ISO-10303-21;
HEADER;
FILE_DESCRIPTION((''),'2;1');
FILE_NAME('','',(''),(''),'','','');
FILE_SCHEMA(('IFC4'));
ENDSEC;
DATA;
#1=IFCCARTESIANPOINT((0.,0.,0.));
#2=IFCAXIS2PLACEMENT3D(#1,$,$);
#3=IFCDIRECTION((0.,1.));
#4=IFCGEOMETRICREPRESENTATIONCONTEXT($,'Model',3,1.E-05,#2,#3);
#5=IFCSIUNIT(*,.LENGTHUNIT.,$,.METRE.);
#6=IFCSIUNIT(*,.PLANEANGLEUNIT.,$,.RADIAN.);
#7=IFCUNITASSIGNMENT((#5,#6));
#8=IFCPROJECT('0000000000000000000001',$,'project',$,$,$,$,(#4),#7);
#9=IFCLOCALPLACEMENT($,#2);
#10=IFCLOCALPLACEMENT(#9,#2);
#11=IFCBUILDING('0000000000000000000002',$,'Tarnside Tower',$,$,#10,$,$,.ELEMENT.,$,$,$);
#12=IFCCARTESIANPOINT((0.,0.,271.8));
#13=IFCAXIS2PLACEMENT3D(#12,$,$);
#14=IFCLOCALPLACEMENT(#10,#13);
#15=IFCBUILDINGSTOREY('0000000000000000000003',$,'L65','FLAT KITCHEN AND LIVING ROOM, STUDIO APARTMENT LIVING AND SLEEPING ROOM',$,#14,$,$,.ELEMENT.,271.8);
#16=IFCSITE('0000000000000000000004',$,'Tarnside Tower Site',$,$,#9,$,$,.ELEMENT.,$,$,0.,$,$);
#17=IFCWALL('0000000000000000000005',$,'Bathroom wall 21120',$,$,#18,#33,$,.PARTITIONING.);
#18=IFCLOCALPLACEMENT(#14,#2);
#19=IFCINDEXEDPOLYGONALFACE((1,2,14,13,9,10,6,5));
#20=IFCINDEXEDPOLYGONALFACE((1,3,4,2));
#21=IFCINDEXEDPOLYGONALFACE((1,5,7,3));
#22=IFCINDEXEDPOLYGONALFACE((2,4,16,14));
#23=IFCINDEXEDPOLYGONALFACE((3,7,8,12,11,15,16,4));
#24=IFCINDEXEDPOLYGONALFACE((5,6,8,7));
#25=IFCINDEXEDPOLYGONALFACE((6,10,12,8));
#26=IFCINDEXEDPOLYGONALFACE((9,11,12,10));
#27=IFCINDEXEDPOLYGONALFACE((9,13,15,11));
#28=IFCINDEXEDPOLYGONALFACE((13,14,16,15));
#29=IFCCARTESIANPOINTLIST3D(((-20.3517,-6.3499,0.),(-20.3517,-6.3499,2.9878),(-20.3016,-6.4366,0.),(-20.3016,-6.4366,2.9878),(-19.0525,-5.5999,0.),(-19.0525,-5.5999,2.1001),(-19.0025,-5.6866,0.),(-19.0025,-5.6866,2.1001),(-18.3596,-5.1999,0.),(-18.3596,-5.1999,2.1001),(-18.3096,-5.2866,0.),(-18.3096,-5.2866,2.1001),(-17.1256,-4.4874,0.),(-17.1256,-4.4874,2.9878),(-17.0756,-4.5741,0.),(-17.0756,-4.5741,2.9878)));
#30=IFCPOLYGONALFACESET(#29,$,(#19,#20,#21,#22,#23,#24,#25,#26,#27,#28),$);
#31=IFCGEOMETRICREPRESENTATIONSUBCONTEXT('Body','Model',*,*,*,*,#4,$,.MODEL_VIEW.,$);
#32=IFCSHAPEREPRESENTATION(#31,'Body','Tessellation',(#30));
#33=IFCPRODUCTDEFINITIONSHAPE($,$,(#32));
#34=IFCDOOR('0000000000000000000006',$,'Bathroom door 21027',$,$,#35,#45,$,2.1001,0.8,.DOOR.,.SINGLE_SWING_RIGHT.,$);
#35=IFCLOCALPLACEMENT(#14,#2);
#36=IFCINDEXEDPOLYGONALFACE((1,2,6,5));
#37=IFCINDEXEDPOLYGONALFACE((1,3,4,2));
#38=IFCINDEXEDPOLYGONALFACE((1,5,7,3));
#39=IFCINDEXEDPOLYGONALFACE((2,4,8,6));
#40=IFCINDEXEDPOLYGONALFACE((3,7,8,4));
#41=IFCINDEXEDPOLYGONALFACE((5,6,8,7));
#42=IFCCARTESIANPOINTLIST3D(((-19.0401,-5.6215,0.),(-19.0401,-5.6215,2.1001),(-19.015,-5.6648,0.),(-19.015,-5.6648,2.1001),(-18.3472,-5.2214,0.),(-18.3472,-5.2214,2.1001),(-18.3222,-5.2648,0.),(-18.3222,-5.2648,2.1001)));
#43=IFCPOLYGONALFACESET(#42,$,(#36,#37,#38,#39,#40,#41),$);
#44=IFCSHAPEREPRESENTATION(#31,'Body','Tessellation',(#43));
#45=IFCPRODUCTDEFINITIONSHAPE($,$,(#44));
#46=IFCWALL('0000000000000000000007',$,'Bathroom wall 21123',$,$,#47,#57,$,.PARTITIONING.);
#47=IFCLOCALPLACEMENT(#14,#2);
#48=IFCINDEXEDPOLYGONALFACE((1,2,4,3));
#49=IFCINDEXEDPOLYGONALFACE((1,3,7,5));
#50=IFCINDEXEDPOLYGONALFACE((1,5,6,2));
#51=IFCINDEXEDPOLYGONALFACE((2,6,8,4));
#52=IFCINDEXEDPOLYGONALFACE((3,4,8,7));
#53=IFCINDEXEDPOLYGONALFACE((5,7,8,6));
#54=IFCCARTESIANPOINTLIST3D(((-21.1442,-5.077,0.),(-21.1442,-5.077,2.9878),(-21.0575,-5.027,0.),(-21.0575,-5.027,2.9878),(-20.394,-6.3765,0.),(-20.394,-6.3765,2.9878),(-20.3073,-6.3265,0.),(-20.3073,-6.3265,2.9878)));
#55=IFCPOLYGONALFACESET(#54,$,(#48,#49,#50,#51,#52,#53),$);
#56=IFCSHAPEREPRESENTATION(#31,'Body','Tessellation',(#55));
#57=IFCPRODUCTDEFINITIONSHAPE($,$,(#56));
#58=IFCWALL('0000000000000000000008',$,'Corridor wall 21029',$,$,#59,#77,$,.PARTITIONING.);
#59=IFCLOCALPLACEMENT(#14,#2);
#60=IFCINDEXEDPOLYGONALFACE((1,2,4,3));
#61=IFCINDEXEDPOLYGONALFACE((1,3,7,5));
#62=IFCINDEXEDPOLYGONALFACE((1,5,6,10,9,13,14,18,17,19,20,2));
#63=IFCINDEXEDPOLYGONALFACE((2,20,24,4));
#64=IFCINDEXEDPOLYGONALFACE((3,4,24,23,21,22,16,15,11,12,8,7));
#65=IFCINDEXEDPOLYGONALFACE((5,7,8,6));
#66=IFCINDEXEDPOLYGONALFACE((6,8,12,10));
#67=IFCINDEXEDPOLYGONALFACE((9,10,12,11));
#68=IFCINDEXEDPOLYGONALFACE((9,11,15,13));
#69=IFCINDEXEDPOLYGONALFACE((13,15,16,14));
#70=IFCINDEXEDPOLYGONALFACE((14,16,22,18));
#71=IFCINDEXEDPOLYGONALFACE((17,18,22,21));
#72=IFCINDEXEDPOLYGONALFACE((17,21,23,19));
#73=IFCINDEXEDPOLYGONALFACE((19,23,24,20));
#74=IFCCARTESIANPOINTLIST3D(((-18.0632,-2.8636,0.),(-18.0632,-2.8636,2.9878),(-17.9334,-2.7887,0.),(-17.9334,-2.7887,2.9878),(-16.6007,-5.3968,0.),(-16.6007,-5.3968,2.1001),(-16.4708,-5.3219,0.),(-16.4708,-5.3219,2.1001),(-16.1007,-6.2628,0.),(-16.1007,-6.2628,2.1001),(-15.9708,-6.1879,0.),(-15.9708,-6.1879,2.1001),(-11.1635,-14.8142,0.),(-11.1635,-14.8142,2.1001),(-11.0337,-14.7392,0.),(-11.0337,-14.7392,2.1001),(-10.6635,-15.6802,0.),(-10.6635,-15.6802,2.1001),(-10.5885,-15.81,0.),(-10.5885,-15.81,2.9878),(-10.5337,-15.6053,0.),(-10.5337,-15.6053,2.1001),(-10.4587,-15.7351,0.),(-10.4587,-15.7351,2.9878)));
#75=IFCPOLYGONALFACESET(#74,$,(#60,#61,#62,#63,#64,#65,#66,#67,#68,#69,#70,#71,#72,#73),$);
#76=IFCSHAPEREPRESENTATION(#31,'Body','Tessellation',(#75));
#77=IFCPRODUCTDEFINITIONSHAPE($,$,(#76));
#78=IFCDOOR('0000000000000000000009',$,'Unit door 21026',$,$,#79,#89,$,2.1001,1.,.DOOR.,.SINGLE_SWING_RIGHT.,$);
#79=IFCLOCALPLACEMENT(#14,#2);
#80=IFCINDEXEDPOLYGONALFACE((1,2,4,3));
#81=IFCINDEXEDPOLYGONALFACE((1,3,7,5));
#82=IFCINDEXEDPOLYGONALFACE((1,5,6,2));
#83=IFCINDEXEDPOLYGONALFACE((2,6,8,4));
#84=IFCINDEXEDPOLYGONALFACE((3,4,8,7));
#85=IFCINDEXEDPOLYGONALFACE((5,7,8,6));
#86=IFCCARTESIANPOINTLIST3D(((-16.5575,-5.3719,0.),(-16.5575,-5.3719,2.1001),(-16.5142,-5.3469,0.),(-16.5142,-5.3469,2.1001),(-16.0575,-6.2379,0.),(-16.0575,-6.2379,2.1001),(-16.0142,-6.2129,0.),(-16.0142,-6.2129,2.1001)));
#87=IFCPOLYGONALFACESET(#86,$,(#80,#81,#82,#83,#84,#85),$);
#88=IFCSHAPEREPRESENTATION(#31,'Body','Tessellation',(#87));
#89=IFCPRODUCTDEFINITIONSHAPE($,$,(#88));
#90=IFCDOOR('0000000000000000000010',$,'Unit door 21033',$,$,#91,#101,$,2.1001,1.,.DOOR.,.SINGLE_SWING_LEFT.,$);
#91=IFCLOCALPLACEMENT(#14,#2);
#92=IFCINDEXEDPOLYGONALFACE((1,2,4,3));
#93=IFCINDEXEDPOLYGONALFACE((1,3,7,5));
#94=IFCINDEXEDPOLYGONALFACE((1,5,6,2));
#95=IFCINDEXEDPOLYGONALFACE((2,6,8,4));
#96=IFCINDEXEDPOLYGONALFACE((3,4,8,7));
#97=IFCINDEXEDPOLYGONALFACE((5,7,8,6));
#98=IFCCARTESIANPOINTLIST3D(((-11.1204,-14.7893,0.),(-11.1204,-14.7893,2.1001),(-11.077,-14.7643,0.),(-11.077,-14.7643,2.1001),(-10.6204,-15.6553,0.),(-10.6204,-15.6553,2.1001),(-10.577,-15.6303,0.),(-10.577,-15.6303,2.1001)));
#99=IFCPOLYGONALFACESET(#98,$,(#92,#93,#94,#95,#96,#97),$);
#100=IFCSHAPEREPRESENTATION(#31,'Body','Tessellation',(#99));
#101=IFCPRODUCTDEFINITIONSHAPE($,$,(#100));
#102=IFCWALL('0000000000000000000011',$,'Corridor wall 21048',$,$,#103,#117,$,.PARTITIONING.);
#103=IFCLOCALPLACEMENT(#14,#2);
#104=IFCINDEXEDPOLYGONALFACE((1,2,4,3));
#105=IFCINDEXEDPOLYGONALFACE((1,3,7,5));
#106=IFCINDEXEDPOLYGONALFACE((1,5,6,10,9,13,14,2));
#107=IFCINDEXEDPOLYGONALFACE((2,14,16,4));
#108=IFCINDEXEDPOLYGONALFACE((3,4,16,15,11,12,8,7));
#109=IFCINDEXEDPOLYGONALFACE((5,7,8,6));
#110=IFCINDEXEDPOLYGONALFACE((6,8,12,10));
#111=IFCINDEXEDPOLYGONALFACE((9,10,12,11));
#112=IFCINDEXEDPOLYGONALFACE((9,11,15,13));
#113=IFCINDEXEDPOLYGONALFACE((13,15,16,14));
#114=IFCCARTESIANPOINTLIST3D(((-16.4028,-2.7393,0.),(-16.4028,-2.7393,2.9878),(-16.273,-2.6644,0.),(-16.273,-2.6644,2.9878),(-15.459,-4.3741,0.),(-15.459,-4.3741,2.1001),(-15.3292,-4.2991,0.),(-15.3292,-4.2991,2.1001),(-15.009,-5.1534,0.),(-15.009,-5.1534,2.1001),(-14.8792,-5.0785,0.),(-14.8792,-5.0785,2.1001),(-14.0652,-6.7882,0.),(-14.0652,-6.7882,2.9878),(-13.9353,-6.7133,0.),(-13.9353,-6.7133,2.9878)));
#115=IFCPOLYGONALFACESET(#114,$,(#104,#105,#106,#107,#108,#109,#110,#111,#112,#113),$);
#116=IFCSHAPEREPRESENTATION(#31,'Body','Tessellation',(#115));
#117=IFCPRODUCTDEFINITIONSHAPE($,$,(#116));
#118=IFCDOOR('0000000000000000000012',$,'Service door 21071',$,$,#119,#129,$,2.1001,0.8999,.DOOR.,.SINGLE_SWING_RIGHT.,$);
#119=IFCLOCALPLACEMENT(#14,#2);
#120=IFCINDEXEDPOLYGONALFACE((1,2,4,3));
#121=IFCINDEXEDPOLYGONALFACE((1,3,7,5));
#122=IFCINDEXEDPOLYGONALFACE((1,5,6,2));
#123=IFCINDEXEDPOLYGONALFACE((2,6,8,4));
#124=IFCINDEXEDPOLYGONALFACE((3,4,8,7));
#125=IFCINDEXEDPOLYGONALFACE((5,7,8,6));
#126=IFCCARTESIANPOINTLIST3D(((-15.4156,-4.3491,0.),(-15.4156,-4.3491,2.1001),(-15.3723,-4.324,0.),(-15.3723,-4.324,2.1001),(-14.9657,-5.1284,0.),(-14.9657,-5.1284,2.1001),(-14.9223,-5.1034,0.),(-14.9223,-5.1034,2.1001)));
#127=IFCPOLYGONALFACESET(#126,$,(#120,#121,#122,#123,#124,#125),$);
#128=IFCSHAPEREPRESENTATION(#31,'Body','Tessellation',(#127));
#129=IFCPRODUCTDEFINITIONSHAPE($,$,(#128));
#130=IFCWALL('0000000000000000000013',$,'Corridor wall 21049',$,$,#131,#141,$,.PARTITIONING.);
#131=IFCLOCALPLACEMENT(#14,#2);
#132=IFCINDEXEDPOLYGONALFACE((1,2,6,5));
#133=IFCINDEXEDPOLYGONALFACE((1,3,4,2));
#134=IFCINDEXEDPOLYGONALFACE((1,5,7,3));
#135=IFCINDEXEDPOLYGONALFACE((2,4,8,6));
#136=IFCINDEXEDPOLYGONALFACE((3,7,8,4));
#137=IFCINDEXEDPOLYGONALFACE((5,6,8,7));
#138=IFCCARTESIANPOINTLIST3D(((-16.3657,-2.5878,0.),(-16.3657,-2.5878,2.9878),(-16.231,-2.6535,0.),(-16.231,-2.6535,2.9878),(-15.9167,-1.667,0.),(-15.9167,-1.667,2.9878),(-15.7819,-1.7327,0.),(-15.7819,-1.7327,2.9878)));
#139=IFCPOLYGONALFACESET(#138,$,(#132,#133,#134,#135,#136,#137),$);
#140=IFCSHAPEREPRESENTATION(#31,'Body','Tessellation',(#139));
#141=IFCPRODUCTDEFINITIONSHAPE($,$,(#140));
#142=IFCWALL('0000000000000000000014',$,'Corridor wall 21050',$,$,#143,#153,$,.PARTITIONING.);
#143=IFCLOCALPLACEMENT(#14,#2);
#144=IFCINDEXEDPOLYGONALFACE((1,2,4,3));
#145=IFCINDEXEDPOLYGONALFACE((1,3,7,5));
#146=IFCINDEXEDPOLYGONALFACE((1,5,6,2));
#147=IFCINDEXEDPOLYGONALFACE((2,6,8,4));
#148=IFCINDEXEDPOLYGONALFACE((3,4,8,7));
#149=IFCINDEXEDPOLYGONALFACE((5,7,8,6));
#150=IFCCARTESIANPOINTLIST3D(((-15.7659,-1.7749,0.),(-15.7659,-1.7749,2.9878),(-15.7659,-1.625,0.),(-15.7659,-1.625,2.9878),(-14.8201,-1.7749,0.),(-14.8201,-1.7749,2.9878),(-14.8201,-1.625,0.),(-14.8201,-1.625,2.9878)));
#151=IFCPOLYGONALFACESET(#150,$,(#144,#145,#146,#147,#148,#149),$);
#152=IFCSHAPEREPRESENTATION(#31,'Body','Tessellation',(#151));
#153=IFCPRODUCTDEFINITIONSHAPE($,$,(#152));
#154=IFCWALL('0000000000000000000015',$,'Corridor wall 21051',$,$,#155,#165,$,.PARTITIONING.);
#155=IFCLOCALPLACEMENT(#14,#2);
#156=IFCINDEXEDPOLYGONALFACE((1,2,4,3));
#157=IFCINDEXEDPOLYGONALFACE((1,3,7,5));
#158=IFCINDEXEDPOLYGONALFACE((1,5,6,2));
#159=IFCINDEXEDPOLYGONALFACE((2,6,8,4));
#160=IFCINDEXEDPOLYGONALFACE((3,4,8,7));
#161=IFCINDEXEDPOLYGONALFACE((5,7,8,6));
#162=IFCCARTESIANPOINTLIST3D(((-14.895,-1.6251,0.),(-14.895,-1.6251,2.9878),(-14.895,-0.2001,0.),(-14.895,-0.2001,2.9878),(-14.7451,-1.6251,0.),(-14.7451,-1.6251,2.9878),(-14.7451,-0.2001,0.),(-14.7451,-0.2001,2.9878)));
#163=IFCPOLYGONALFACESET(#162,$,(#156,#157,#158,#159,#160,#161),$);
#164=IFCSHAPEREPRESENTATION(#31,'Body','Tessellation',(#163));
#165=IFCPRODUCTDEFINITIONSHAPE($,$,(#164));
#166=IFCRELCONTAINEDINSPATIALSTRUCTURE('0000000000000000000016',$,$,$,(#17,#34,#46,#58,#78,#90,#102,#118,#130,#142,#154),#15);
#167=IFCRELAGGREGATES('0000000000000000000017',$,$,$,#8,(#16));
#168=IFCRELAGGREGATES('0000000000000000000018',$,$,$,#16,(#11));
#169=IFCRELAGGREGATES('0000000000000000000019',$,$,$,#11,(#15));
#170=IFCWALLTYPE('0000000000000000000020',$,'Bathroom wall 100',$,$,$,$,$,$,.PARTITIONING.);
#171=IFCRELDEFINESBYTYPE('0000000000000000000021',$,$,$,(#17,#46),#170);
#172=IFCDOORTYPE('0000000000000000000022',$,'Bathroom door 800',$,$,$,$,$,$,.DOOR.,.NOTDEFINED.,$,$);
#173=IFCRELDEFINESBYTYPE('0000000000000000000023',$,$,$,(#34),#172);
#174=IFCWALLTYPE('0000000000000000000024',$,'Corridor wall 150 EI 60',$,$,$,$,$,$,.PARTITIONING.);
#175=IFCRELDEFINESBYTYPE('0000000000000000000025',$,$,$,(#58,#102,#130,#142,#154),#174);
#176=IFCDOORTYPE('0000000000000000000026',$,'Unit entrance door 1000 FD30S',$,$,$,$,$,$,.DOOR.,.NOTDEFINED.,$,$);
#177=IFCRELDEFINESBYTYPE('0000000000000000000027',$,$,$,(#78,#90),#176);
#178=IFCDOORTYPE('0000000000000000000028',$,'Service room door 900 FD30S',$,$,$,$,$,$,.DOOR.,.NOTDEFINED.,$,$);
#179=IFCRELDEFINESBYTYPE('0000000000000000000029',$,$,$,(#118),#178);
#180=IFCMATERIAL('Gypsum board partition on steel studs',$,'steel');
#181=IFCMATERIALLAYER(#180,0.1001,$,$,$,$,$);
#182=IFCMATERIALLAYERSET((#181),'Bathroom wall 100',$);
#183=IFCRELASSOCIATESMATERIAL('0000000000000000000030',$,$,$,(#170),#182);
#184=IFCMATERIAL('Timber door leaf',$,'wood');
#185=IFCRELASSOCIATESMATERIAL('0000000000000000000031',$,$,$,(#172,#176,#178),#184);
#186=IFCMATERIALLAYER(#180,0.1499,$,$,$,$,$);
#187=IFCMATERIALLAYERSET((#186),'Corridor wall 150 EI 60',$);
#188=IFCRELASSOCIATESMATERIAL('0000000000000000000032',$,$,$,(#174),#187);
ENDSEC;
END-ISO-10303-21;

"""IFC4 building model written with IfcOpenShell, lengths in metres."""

from ifc_helpers import new_model, si_unit, direction, frame, frame_2d, origin, place, context, subcontext, project, spatial, rectangle, extrude, material, layer, layer_set, type_object, element, fill, save


model = new_model("IFC4")

# Units and contexts
model_context = context("Model", 3, precision=1e-05, world=origin(), true_north=direction((0.0, 1.0)))
body_context = subcontext(model_context, "Body", "Model", "MODEL_VIEW")
ifc_project = project(units=[si_unit("LENGTHUNIT", "METRE"), si_unit("PLANEANGLEUNIT", "RADIAN")], contexts=[model_context])

# Site, building, storey
site_placement = place(None, origin())
site = spatial("IfcSite", under=ifc_project, at=site_placement, Name="Tarnside Tower Site", CompositionType="ELEMENT", RefElevation=0.0)
building_placement = place(site_placement, origin())
building = spatial("IfcBuilding", under=site, at=building_placement, Name="Tarnside Tower", CompositionType="ELEMENT")
storey_placement = place(building_placement, frame((0.0, 0.0, 271.8)))
storey = spatial("IfcBuildingStorey", under=building, at=storey_placement, Name="L65", Description="FLAT KITCHEN AND LIVING ROOM, STUDIO APARTMENT LIVING AND SLEEPING ROOM", CompositionType="ELEMENT", Elevation=271.8)

# Wall, opening, door
ifc_material_1 = material(Name="Gypsum board partition on steel studs", Category="steel")
ifc_layer_1 = layer(ifc_material_1, 0.1001)
ifc_layer_set_1 = layer_set([ifc_layer_1], Name="Bathroom wall 100")
wall_type_1 = type_object("IfcWallType", Name="Bathroom wall 100", PredefinedType="PARTITIONING", material=ifc_layer_set_1)
wall_1_placement = place(storey_placement, frame((-17.1006, -4.5308, 0.0), z_axis=(0.0, 0.0, 1.0), x_axis=(-0.866028, -0.499995, 0.0)))
wall_1 = element("IfcWall", 1, at=wall_1_placement, inside=storey, type_object=wall_type_1, Name="Bathroom wall 21120", PredefinedType="PARTITIONING", context=body_context, shape_type="SweptSolid", body=[
    extrude(rectangle(XDim=3.7251, YDim=0.1001, at=frame_2d((1.8625, 0.0))), origin(), (0.0, 0.0, 1.0), 2.9878),
])
opening_1_placement = place(wall_1_placement, frame((1.425, 0.0, 0.0)))
opening_1 = element("IfcOpeningElement", 2, at=opening_1_placement, cuts=wall_1, PredefinedType="OPENING", context=body_context, shape_type="SweptSolid", body=[
    extrude(rectangle(XDim=0.8, YDim=2.1001, at=frame_2d((0.3999, 1.05))), frame((0.0, 0.0601, 0.0), z_axis=(0.0, -1.0, 0.0), x_axis=(1.0, 0.0, 0.0)), (0.0, 0.0, 1.0), 0.1201),
])
ifc_material_2 = material(Name="Timber door leaf", Category="wood")
door_type_1 = type_object("IfcDoorType", Name="Bathroom door 800", OperationType="NOTDEFINED", PredefinedType="DOOR", material=ifc_material_2)
door_1_placement = place(opening_1_placement, origin())
door_1 = element("IfcDoor", 3, at=door_1_placement, inside=storey, type_object=door_type_1, Name="Bathroom door 21027", OperationType="SINGLE_SWING_RIGHT", OverallHeight=2.1001, OverallWidth=0.8, PredefinedType="DOOR", context=body_context, shape_type="SweptSolid", body=[
    extrude(rectangle(XDim=0.8, YDim=2.1001, at=frame_2d((0.3999, 1.05))), frame((0.0, 0.0249, 0.0), z_axis=(0.0, -1.0, 0.0), x_axis=(1.0, 0.0, 0.0)), (0.0, 0.0, 1.0), 0.05),
])
fill(opening_1, door_1)

# Wall
wall_2_placement = place(storey_placement, frame((-21.1008, -5.052, 0.0), z_axis=(0.0, 0.0, 1.0), x_axis=(0.499971, -0.866042, 0.0)))
element("IfcWall", 4, at=wall_2_placement, inside=storey, type_object=wall_type_1, Name="Bathroom wall 21123", PredefinedType="PARTITIONING", context=body_context, shape_type="SweptSolid", body=[
    extrude(rectangle(XDim=1.5005, YDim=0.1001, at=frame_2d((0.7502, 0.0))), origin(), (0.0, 0.0, 1.0), 2.9878),
])

# Wall, openings, doors
ifc_layer_2 = layer(ifc_material_1, 0.1499)
ifc_layer_set_2 = layer_set([ifc_layer_2], Name="Corridor wall 150 EI 60")
wall_type_2 = type_object("IfcWallType", Name="Corridor wall 150 EI 60", PredefinedType="PARTITIONING", material=ifc_layer_set_2)
wall_3_placement = place(storey_placement, frame((-17.9983, -2.8262, 0.0), z_axis=(0.0, 0.0, 1.0), x_axis=(0.500003, -0.866023, 0.0)))
wall_3 = element("IfcWall", 5, at=wall_3_placement, inside=storey, type_object=wall_type_2, Name="Corridor wall 21029", PredefinedType="PARTITIONING", context=body_context, shape_type="SweptSolid", body=[
    extrude(rectangle(XDim=14.9492, YDim=0.1499, at=frame_2d((7.4746, 0.0))), origin(), (0.0, 0.0, 1.0), 2.9878),
])
opening_2_placement = place(wall_3_placement, frame((2.925, 0.0, 0.0)))
opening_2 = element("IfcOpeningElement", 6, at=opening_2_placement, cuts=wall_3, PredefinedType="OPENING", context=body_context, shape_type="SweptSolid", body=[
    extrude(rectangle(XDim=1.0, YDim=2.1001, at=frame_2d((0.5, 1.05))), frame((0.0, 0.085, 0.0), z_axis=(0.0, -1.0, 0.0), x_axis=(1.0, 0.0, 0.0)), (0.0, 0.0, 1.0), 0.1699),
])
opening_3_placement = place(wall_3_placement, frame((13.7993, 0.0, 0.0)))
opening_3 = element("IfcOpeningElement", 7, at=opening_3_placement, cuts=wall_3, PredefinedType="OPENING", context=body_context, shape_type="SweptSolid", body=[
    extrude(rectangle(XDim=1.0, YDim=2.1001, at=frame_2d((0.5, 1.05))), frame((0.0, 0.085, 0.0), z_axis=(0.0, -1.0, 0.0), x_axis=(1.0, 0.0, 0.0)), (0.0, 0.0, 1.0), 0.1699),
])
door_type_2 = type_object("IfcDoorType", Name="Unit entrance door 1000 FD30S", OperationType="NOTDEFINED", PredefinedType="DOOR", material=ifc_material_2)
door_2_placement = place(opening_2_placement, origin())
door_2 = element("IfcDoor", 8, at=door_2_placement, inside=storey, type_object=door_type_2, Name="Unit door 21026", OperationType="SINGLE_SWING_RIGHT", OverallHeight=2.1001, OverallWidth=1.0, PredefinedType="DOOR", context=body_context, shape_type="SweptSolid", body=[
    extrude(rectangle(XDim=1.0, YDim=2.1001, at=frame_2d((0.5, 1.05))), frame((0.0, 0.0249, 0.0), z_axis=(0.0, -1.0, 0.0), x_axis=(1.0, 0.0, 0.0)), (0.0, 0.0, 1.0), 0.05),
])
fill(opening_2, door_2)
door_3_placement = place(opening_3_placement, origin())
door_3 = element("IfcDoor", 9, at=door_3_placement, inside=storey, type_object=door_type_2, Name="Unit door 21033", OperationType="SINGLE_SWING_LEFT", OverallHeight=2.1001, OverallWidth=1.0, PredefinedType="DOOR", context=body_context, shape_type="SweptSolid", body=[
    extrude(rectangle(XDim=1.0, YDim=2.1001, at=frame_2d((0.5, 1.05))), frame((0.0, 0.0249, 0.0), z_axis=(0.0, -1.0, 0.0), x_axis=(1.0, 0.0, 0.0)), (0.0, 0.0, 1.0), 0.05),
])
fill(opening_3, door_3)

# Wall, opening, door
wall_4_placement = place(storey_placement, frame((-14.0002, -6.7507, 0.0), z_axis=(0.0, 0.0, 1.0), x_axis=(-0.500009, 0.86602, 0.0)))
wall_4 = element("IfcWall", 10, at=wall_4_placement, inside=storey, type_object=wall_type_2, Name="Corridor wall 21048", PredefinedType="PARTITIONING", context=body_context, shape_type="SweptSolid", body=[
    extrude(rectangle(XDim=4.6753, YDim=0.1499, at=frame_2d((2.3376, 0.0))), origin(), (0.0, 0.0, 1.0), 2.9878),
])
opening_4_placement = place(wall_4_placement, frame((1.8877, 0.0, 0.0)))
opening_4 = element("IfcOpeningElement", 11, at=opening_4_placement, cuts=wall_4, PredefinedType="OPENING", context=body_context, shape_type="SweptSolid", body=[
    extrude(rectangle(XDim=0.8999, YDim=2.1001, at=frame_2d((0.45, 1.05))), frame((0.0, 0.085, 0.0), z_axis=(0.0, -1.0, 0.0), x_axis=(1.0, 0.0, 0.0)), (0.0, 0.0, 1.0), 0.1699),
])
door_type_3 = type_object("IfcDoorType", Name="Service room door 900 FD30S", OperationType="NOTDEFINED", PredefinedType="DOOR", material=ifc_material_2)
door_4_placement = place(opening_4_placement, origin())
door_4 = element("IfcDoor", 12, at=door_4_placement, inside=storey, type_object=door_type_3, Name="Service door 21071", OperationType="SINGLE_SWING_RIGHT", OverallHeight=2.1001, OverallWidth=0.8999, PredefinedType="DOOR", context=body_context, shape_type="SweptSolid", body=[
    extrude(rectangle(XDim=0.8999, YDim=2.1001, at=frame_2d((0.45, 1.05))), frame((0.0, 0.0249, 0.0), z_axis=(0.0, -1.0, 0.0), x_axis=(1.0, 0.0, 0.0)), (0.0, 0.0, 1.0), 0.05),
])
fill(opening_4, door_4)

# Walls
wall_5_placement = place(storey_placement, frame((-16.2983, -2.6206, 0.0), z_axis=(0.0, 0.0, 1.0), x_axis=(0.438325, 0.898817, 0.0)))
element("IfcWall", 13, at=wall_5_placement, inside=storey, type_object=wall_type_2, Name="Corridor wall 21049", PredefinedType="PARTITIONING", context=body_context, shape_type="SweptSolid", body=[
    extrude(rectangle(XDim=1.0244, YDim=0.1499, at=frame_2d((0.5122, 0.0))), origin(), (0.0, 0.0, 1.0), 2.9878),
])
wall_6_placement = place(storey_placement, frame((-15.7659, -1.7, 0.0), z_axis=(0.0, 0.0, 1.0), x_axis=(1.0, 0.0, 0.0)))
element("IfcWall", 14, at=wall_6_placement, inside=storey, type_object=wall_type_2, Name="Corridor wall 21050", PredefinedType="PARTITIONING", context=body_context, shape_type="SweptSolid", body=[
    extrude(rectangle(XDim=0.9458, YDim=0.1499, at=frame_2d((0.4729, 0.0))), origin(), (0.0, 0.0, 1.0), 2.9878),
])
wall_7_placement = place(storey_placement, frame((-14.8201, -1.625, 0.0), z_axis=(0.0, 0.0, 1.0), x_axis=(0.0, 1.0, 0.0)))
element("IfcWall", 15, at=wall_7_placement, inside=storey, type_object=wall_type_2, Name="Corridor wall 21051", PredefinedType="PARTITIONING", context=body_context, shape_type="SweptSolid", body=[
    extrude(rectangle(XDim=1.425, YDim=0.1499, at=frame_2d((0.7124, 0.0))), origin(), (0.0, 0.0, 1.0), 2.9878),
])

save(model, "model.ifc")
